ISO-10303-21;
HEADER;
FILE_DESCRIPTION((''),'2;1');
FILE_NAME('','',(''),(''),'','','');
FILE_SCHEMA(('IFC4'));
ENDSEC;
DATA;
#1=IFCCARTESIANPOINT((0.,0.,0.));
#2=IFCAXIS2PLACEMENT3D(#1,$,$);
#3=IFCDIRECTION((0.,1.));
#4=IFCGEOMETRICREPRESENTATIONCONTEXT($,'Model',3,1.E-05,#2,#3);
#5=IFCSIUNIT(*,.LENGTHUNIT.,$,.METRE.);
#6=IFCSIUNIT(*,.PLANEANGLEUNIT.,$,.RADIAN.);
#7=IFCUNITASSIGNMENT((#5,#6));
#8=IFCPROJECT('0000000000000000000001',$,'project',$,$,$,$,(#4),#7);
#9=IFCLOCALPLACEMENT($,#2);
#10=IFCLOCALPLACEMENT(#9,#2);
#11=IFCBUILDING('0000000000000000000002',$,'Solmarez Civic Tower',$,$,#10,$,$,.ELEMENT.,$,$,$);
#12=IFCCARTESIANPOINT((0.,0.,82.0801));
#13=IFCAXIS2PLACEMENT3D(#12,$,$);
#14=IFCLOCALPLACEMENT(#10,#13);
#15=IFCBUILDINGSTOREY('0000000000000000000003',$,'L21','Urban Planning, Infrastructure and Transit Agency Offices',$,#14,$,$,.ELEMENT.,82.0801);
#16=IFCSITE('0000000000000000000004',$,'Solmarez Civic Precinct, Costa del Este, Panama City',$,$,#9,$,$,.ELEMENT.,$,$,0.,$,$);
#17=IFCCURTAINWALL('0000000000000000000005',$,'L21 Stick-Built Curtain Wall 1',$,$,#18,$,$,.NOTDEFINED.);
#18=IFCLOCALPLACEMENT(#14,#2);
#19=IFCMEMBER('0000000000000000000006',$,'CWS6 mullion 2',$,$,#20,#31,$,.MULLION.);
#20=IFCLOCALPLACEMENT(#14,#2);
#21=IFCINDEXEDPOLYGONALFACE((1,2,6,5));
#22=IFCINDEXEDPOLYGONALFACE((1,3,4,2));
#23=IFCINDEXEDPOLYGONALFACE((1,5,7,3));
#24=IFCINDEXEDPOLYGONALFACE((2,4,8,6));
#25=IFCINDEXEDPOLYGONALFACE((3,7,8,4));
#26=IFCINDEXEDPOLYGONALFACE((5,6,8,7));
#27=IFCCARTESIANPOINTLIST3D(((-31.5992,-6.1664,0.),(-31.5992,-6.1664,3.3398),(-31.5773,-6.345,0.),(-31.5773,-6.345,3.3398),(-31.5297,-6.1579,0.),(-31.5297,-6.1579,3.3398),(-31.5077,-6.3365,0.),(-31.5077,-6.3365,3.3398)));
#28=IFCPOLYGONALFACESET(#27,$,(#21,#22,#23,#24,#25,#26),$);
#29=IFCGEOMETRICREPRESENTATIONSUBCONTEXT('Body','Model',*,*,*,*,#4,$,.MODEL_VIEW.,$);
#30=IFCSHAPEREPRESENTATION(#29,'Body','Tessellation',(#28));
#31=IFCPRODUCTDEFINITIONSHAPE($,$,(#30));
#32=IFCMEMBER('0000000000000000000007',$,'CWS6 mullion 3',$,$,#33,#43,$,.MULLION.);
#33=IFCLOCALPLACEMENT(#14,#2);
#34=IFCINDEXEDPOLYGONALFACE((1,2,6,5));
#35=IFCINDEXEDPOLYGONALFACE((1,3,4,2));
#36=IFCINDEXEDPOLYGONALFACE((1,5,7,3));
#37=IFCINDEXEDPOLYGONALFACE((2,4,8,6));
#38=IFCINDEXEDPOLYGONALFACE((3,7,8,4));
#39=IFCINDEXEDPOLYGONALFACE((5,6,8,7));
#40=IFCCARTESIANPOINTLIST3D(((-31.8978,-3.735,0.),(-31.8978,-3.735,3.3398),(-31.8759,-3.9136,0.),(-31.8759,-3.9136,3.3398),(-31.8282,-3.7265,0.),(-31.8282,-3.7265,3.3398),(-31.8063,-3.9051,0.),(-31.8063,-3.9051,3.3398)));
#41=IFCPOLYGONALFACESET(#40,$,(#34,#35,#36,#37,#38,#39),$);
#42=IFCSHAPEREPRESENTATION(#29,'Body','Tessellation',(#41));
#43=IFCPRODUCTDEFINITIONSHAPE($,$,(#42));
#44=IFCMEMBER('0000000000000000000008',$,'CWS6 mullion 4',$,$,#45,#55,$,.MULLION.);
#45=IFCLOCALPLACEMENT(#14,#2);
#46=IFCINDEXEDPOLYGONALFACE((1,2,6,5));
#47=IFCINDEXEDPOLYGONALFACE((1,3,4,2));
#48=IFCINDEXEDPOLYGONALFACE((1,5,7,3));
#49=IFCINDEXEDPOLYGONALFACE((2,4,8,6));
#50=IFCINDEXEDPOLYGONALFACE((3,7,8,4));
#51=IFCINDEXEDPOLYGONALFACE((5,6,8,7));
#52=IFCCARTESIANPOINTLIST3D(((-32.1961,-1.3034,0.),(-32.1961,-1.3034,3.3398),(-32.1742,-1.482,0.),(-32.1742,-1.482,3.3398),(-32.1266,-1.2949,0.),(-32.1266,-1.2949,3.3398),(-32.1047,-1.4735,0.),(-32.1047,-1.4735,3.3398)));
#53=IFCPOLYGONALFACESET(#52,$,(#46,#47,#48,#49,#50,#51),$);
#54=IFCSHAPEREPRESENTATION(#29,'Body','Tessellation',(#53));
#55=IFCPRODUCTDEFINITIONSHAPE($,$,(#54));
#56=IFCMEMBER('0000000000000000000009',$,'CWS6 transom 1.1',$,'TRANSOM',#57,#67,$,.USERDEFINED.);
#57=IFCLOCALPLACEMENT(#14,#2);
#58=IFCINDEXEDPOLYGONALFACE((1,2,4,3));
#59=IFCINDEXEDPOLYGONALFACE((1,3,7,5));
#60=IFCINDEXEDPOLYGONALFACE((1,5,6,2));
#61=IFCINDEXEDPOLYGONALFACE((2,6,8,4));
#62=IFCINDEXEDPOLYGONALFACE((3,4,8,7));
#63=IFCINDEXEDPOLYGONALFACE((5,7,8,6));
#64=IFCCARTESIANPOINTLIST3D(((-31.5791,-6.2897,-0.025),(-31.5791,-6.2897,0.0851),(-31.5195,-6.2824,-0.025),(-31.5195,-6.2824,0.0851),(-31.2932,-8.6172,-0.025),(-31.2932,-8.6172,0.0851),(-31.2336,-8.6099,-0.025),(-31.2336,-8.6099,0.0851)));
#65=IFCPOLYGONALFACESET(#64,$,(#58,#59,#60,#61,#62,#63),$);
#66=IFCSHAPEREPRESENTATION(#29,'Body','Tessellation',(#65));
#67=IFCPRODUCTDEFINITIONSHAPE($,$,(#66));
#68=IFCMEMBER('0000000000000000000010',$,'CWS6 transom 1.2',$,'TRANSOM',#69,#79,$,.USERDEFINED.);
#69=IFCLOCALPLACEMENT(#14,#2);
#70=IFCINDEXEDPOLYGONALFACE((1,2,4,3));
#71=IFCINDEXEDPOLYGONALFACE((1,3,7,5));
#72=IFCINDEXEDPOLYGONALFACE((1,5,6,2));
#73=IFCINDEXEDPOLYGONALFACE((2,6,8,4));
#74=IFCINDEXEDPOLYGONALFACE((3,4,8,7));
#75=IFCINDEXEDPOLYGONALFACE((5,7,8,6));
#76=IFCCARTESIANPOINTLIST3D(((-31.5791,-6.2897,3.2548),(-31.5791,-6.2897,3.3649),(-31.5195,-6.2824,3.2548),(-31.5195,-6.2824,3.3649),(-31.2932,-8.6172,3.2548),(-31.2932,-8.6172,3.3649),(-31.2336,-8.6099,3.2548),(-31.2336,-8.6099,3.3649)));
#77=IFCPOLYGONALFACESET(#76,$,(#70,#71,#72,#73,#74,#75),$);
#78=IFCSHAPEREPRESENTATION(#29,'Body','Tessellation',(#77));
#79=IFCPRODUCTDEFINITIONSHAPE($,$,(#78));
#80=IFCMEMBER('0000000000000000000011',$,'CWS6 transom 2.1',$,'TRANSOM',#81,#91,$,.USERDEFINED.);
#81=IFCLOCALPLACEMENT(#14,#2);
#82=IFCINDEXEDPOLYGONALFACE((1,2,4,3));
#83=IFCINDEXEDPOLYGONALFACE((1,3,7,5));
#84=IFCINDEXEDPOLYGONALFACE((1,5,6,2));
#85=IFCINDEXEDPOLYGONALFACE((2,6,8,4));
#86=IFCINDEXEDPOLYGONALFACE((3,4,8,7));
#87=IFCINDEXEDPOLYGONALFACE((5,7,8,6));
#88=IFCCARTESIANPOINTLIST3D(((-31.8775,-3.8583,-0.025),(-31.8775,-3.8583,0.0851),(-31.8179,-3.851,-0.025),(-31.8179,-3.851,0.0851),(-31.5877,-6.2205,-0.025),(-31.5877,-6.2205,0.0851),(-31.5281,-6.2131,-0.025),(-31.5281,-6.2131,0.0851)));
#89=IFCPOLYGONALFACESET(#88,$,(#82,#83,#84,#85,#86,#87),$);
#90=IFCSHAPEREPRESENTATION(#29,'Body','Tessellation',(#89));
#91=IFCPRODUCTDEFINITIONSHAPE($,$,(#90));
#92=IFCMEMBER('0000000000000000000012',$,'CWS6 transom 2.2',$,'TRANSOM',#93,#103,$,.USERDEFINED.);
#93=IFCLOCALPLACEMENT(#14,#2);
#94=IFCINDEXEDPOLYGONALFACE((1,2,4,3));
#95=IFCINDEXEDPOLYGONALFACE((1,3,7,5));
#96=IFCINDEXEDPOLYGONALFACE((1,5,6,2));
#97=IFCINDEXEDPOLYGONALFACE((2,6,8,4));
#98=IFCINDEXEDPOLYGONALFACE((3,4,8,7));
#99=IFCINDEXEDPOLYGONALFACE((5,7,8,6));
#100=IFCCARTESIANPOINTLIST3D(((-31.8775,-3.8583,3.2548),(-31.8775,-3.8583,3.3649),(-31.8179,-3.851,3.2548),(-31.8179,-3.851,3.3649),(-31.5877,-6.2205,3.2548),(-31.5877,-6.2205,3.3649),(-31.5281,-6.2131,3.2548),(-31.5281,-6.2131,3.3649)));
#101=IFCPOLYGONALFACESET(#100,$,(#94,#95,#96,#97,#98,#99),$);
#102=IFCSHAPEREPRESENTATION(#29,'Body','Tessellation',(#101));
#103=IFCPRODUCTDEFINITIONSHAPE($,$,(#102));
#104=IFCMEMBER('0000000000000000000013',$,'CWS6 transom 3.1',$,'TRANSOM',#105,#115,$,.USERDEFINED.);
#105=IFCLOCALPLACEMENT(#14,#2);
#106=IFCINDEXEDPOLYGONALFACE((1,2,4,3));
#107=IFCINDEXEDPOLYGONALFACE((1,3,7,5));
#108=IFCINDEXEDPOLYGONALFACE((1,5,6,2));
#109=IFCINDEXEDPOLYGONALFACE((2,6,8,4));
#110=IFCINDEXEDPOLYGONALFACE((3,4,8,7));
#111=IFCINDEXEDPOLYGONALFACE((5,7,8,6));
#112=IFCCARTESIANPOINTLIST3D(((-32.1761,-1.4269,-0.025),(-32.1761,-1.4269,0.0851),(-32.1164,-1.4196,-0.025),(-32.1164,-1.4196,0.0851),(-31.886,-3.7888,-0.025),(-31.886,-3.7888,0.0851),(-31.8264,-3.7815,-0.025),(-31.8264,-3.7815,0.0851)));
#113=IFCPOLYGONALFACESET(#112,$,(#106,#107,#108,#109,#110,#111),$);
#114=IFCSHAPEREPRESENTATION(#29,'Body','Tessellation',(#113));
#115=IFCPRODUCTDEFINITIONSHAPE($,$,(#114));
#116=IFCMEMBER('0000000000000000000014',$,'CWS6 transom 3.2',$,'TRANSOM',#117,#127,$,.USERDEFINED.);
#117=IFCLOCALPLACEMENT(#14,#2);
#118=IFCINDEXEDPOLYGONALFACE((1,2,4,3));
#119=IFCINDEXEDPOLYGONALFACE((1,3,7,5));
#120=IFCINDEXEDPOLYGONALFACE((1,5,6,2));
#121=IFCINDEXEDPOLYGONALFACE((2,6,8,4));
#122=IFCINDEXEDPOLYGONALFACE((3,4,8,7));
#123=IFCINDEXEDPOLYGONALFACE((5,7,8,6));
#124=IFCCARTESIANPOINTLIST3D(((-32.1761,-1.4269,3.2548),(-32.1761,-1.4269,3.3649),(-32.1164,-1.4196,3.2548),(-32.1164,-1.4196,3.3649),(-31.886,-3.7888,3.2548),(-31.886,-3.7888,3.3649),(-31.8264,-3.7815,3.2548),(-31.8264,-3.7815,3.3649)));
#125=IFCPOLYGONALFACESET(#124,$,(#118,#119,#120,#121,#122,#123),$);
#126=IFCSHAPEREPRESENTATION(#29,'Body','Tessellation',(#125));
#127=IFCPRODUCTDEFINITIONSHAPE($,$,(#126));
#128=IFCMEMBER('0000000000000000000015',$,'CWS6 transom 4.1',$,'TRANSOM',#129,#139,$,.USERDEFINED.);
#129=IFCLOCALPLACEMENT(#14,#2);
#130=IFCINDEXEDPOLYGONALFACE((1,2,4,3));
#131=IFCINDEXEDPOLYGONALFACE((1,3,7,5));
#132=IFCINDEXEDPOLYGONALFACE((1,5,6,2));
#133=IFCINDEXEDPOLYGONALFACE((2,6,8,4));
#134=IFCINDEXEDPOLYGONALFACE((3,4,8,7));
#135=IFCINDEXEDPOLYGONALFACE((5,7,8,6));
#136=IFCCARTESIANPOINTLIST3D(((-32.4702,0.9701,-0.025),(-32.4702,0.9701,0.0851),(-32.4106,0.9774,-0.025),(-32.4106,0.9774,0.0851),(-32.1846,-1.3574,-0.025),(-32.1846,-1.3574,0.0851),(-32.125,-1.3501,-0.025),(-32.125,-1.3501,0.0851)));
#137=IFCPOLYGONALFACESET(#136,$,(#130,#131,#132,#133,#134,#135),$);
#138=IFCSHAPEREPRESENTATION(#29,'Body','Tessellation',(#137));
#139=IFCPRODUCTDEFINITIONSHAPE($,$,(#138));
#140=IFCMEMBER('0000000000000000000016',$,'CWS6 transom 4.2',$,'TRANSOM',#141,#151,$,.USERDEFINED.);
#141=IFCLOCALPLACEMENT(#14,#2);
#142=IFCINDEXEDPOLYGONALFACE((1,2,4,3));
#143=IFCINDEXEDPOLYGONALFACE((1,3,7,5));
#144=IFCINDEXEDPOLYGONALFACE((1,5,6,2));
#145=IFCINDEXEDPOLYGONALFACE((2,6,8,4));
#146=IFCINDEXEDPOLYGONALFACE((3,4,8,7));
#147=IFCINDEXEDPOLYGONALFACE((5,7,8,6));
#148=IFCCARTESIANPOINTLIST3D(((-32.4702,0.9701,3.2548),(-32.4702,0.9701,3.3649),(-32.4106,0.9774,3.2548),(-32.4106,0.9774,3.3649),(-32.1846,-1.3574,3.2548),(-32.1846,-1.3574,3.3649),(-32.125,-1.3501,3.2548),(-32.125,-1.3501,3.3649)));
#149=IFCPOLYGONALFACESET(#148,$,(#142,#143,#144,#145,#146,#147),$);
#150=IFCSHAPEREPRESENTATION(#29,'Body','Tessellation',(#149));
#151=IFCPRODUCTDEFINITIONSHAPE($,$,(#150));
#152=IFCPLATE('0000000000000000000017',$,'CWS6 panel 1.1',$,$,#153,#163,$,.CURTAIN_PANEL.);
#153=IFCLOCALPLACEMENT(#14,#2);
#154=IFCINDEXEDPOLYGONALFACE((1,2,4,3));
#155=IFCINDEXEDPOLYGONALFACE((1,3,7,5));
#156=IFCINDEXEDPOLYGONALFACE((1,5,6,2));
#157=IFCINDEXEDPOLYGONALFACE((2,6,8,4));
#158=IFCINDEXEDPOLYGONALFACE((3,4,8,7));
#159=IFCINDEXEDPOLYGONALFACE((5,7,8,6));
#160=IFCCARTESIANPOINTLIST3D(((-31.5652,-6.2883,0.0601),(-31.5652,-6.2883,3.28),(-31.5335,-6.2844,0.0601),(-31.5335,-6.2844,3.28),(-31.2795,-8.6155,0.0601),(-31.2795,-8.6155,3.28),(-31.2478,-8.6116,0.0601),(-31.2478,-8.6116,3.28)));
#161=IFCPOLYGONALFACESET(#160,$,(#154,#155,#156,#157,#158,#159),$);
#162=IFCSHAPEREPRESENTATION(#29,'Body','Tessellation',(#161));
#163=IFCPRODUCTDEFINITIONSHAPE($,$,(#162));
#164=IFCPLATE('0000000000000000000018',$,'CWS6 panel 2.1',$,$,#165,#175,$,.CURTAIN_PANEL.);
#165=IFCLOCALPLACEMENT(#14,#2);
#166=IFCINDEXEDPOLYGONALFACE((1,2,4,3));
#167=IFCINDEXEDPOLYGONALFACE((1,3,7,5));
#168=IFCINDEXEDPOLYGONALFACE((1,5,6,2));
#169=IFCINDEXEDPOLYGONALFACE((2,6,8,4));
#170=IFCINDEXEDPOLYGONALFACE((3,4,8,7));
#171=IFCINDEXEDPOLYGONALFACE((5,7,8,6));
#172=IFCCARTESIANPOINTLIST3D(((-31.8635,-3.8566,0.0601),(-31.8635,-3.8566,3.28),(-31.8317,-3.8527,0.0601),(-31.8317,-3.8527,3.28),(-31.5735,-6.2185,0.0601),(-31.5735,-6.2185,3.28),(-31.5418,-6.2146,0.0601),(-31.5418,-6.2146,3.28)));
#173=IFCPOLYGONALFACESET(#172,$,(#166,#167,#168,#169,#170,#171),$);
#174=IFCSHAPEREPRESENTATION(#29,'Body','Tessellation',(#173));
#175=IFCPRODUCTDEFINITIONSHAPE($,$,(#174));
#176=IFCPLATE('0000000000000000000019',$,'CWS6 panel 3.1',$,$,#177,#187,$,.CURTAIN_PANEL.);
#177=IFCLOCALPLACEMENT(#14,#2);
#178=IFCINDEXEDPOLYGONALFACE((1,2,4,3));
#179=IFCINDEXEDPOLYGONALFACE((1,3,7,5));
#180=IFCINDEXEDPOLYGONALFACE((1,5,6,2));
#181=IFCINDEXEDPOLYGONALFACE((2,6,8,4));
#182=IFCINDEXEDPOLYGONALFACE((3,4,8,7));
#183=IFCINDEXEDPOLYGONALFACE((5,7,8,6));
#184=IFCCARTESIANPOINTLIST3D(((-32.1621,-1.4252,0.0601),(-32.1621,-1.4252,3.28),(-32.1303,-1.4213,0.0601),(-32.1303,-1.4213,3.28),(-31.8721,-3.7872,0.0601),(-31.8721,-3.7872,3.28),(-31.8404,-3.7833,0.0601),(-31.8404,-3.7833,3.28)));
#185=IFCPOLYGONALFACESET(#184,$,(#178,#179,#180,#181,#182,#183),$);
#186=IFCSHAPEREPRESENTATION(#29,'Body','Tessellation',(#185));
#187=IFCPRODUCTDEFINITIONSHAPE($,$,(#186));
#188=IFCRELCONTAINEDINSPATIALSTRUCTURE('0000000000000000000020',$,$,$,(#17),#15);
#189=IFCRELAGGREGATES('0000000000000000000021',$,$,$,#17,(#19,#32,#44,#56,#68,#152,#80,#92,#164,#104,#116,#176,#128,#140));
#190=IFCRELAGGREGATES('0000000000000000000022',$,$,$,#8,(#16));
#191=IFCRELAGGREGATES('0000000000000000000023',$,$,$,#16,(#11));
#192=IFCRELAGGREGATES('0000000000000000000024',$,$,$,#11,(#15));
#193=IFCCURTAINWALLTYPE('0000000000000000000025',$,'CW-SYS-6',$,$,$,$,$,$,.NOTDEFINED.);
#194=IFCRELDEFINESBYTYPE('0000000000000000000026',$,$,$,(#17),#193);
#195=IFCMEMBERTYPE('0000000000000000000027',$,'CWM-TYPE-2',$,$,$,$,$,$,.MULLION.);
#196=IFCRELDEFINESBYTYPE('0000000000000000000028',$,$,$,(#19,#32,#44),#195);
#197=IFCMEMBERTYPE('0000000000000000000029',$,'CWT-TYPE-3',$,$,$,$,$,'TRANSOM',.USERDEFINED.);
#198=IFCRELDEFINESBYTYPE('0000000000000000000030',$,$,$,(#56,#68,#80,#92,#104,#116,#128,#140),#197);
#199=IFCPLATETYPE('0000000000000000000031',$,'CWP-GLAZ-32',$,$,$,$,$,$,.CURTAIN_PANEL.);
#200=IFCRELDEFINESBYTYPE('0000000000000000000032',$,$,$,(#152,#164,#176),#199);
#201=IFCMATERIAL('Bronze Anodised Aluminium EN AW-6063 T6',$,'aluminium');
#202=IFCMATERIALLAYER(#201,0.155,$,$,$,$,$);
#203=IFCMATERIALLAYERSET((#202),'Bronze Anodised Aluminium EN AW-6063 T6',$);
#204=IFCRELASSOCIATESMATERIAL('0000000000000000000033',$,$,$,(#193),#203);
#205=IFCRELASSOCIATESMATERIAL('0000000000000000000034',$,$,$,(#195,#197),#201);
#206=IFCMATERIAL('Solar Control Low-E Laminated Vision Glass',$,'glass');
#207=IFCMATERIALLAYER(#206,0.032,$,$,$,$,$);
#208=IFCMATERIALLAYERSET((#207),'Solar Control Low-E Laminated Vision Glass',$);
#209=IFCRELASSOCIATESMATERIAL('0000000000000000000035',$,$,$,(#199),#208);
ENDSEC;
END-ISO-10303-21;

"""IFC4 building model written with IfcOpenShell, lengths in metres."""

from ifc_helpers import new_model, si_unit, direction, frame, origin, origin_2d, place, context, subcontext, project, spatial, rectangle, extrude, material, layer, layer_set, material_profile, profile_set, type_object, element, aggregate, save


model = new_model("IFC4")

# Units and contexts
model_context = context("Model", 3, precision=1e-05, world=origin(), true_north=direction((0.0, 1.0)))
body_context = subcontext(model_context, "Body", "Model", "MODEL_VIEW")
ifc_project = project(units=[si_unit("LENGTHUNIT", "METRE"), si_unit("PLANEANGLEUNIT", "RADIAN")], contexts=[model_context])

# Site, building, storey
site_placement = place(None, origin())
site = spatial("IfcSite", under=ifc_project, at=site_placement, Name="Solmarez Civic Precinct, Costa del Este, Panama City", CompositionType="ELEMENT", RefElevation=0.0)
building_placement = place(site_placement, origin())
building = spatial("IfcBuilding", under=site, at=building_placement, Name="Solmarez Civic Tower", CompositionType="ELEMENT")
storey_placement = place(building_placement, frame((0.0, 0.0, 82.0801)))
storey = spatial("IfcBuildingStorey", under=building, at=storey_placement, Name="L21", Description="Urban Planning, Infrastructure and Transit Agency Offices", CompositionType="ELEMENT", Elevation=82.0801)

# Curtain wall, members, plates
ifc_material_1 = material(Name="Bronze Anodised Aluminium EN AW-6063 T6", Category="aluminium")
ifc_layer_1 = layer(ifc_material_1, 0.155)
ifc_layer_set_1 = layer_set([ifc_layer_1], Name="Bronze Anodised Aluminium EN AW-6063 T6")
curtain_wall_type = type_object("IfcCurtainWallType", Name="CW-SYS-6", PredefinedType="NOTDEFINED", material=ifc_layer_set_1)
curtain_wall_placement = place(storey_placement, origin())
curtain_wall = element("IfcCurtainWall", 1, at=curtain_wall_placement, inside=storey, type_object=curtain_wall_type, Name="L21 Stick-Built Curtain Wall 1", PredefinedType="NOTDEFINED")
ifc_material_profile_1 = material_profile(ifc_material_1, rectangle(XDim=0.0701, YDim=0.1799, at=origin_2d()), Name="CWM-70X180")
ifc_profile_set_1 = profile_set([ifc_material_profile_1], Name="Bronze Anodised Aluminium EN AW-6063 T6")
member_type_1 = type_object("IfcMemberType", Name="CWM-TYPE-2", PredefinedType="MULLION", material=ifc_profile_set_1)
member_1_placement = place(storey_placement, frame((-31.5535, -6.2515, 0.0), z_axis=(0.0, 0.0, 1.0), x_axis=(-0.992549, -0.121849, 0.0)))
member_1 = element("IfcMember", 2, at=member_1_placement, type_object=member_type_1, Name="CWS6 mullion 2", PredefinedType="MULLION", context=body_context, shape_type="SweptSolid", body=[
    extrude(rectangle(XDim=0.0701, YDim=0.1799, at=origin_2d()), origin(), (0.0, 0.0, 1.0), 3.3398),
])
member_2_placement = place(storey_placement, frame((-31.8521, -3.8201, 0.0), z_axis=(0.0, 0.0, 1.0), x_axis=(-0.992549, -0.121849, 0.0)))
member_2 = element("IfcMember", 3, at=member_2_placement, type_object=member_type_1, Name="CWS6 mullion 3", PredefinedType="MULLION", context=body_context, shape_type="SweptSolid", body=[
    extrude(rectangle(XDim=0.0701, YDim=0.1799, at=origin_2d()), origin(), (0.0, 0.0, 1.0), 3.3398),
])
member_3_placement = place(storey_placement, frame((-32.1504, -1.3884, 0.0), z_axis=(0.0, 0.0, 1.0), x_axis=(-0.992549, -0.121849, 0.0)))
member_3 = element("IfcMember", 4, at=member_3_placement, type_object=member_type_1, Name="CWS6 mullion 4", PredefinedType="MULLION", context=body_context, shape_type="SweptSolid", body=[
    extrude(rectangle(XDim=0.0701, YDim=0.1799, at=origin_2d()), origin(), (0.0, 0.0, 1.0), 3.3398),
])
ifc_material_profile_2 = material_profile(ifc_material_1, rectangle(XDim=0.0601, YDim=0.1101, at=origin_2d()), Name="CWT-60X110")
ifc_profile_set_2 = profile_set([ifc_material_profile_2], Name="Bronze Anodised Aluminium EN AW-6063 T6")
member_type_2 = type_object("IfcMemberType", Name="CWT-TYPE-3", ElementType="TRANSOM", PredefinedType="USERDEFINED", material=ifc_profile_set_2)
member_4_placement = place(storey_placement, frame((-31.2634, -8.6135, 0.03), z_axis=(-0.12192, 0.99254, 0.0), x_axis=(-0.99254, -0.12192, 0.0)))
member_4 = element("IfcMember", 5, at=member_4_placement, type_object=member_type_2, Name="CWS6 transom 1.1", ObjectType="TRANSOM", PredefinedType="USERDEFINED", context=body_context, shape_type="SweptSolid", body=[
    extrude(rectangle(XDim=0.0601, YDim=0.1101, at=origin_2d()), origin(), (0.0, 0.0, 1.0), 2.345),
])
member_5_placement = place(storey_placement, frame((-31.2634, -8.6135, 3.3098), z_axis=(-0.12192, 0.99254, 0.0), x_axis=(-0.99254, -0.12192, 0.0)))
member_5 = element("IfcMember", 6, at=member_5_placement, type_object=member_type_2, Name="CWS6 transom 1.2", ObjectType="TRANSOM", PredefinedType="USERDEFINED", context=body_context, shape_type="SweptSolid", body=[
    extrude(rectangle(XDim=0.0601, YDim=0.1101, at=origin_2d()), origin(), (0.0, 0.0, 1.0), 2.345),
])
member_6_placement = place(storey_placement, frame((-31.5579, -6.2168, 0.03), z_axis=(-0.121774, 0.992558, 0.0), x_axis=(-0.992558, -0.121774, 0.0)))
member_6 = element("IfcMember", 7, at=member_6_placement, type_object=member_type_2, Name="CWS6 transom 2.1", ObjectType="TRANSOM", PredefinedType="USERDEFINED", context=body_context, shape_type="SweptSolid", body=[
    extrude(rectangle(XDim=0.0601, YDim=0.1101, at=origin_2d()), origin(), (0.0, 0.0, 1.0), 2.3799),
])
member_7_placement = place(storey_placement, frame((-31.5579, -6.2168, 3.3098), z_axis=(-0.121774, 0.992558, 0.0), x_axis=(-0.992558, -0.121774, 0.0)))
member_7 = element("IfcMember", 8, at=member_7_placement, type_object=member_type_2, Name="CWS6 transom 2.2", ObjectType="TRANSOM", PredefinedType="USERDEFINED", context=body_context, shape_type="SweptSolid", body=[
    extrude(rectangle(XDim=0.0601, YDim=0.1101, at=origin_2d()), origin(), (0.0, 0.0, 1.0), 2.3799),
])
member_8_placement = place(storey_placement, frame((-31.8562, -3.7852, 0.03), z_axis=(-0.121888, 0.992544, 0.0), x_axis=(-0.992544, -0.121888, 0.0)))
member_8 = element("IfcMember", 9, at=member_8_placement, type_object=member_type_2, Name="CWS6 transom 3.1", ObjectType="TRANSOM", PredefinedType="USERDEFINED", context=body_context, shape_type="SweptSolid", body=[
    extrude(rectangle(XDim=0.0601, YDim=0.1101, at=origin_2d()), origin(), (0.0, 0.0, 1.0), 2.3796),
])
member_9_placement = place(storey_placement, frame((-31.8562, -3.7852, 3.3098), z_axis=(-0.121888, 0.992544, 0.0), x_axis=(-0.992544, -0.121888, 0.0)))
member_9 = element("IfcMember", 10, at=member_9_placement, type_object=member_type_2, Name="CWS6 transom 3.2", ObjectType="TRANSOM", PredefinedType="USERDEFINED", context=body_context, shape_type="SweptSolid", body=[
    extrude(rectangle(XDim=0.0601, YDim=0.1101, at=origin_2d()), origin(), (0.0, 0.0, 1.0), 2.3796),
])
member_10_placement = place(storey_placement, frame((-32.1548, -1.3538, 0.03), z_axis=(-0.121818, 0.992553, 0.0), x_axis=(-0.992553, -0.121818, 0.0)))
member_10 = element("IfcMember", 11, at=member_10_placement, type_object=member_type_2, Name="CWS6 transom 4.1", ObjectType="TRANSOM", PredefinedType="USERDEFINED", context=body_context, shape_type="SweptSolid", body=[
    extrude(rectangle(XDim=0.0601, YDim=0.1101, at=origin_2d()), origin(), (0.0, 0.0, 1.0), 2.345),
])
member_11_placement = place(storey_placement, frame((-32.1548, -1.3538, 3.3098), z_axis=(-0.121818, 0.992553, 0.0), x_axis=(-0.992553, -0.121818, 0.0)))
member_11 = element("IfcMember", 12, at=member_11_placement, type_object=member_type_2, Name="CWS6 transom 4.2", ObjectType="TRANSOM", PredefinedType="USERDEFINED", context=body_context, shape_type="SweptSolid", body=[
    extrude(rectangle(XDim=0.0601, YDim=0.1101, at=origin_2d()), origin(), (0.0, 0.0, 1.0), 2.345),
])
ifc_material_2 = material(Name="Solar Control Low-E Laminated Vision Glass", Category="glass")
ifc_layer_2 = layer(ifc_material_2, 0.032)
ifc_layer_set_2 = layer_set([ifc_layer_2], Name="Solar Control Low-E Laminated Vision Glass")
plate_type = type_object("IfcPlateType", Name="CWP-GLAZ-32", PredefinedType="CURTAIN_PANEL", material=ifc_layer_set_2)
plate_1_placement = place(storey_placement, frame((-31.4065, -7.45, 0.0601), z_axis=(0.0, 0.0, 1.0), x_axis=(-0.121849, 0.992549, 0.0)))
plate_1 = element("IfcPlate", 13, at=plate_1_placement, type_object=plate_type, Name="CWS6 panel 1.1", PredefinedType="CURTAIN_PANEL", context=body_context, shape_type="SweptSolid", body=[
    extrude(rectangle(XDim=2.3447, YDim=0.032, at=origin_2d()), origin(), (0.0, 0.0, 1.0), 3.22),
])
plate_2_placement = place(storey_placement, frame((-31.7026, -5.0356, 0.0601), z_axis=(0.0, 0.0, 1.0), x_axis=(-0.121849, 0.992549, 0.0)))
plate_2 = element("IfcPlate", 14, at=plate_2_placement, type_object=plate_type, Name="CWS6 panel 2.1", PredefinedType="CURTAIN_PANEL", context=body_context, shape_type="SweptSolid", body=[
    extrude(rectangle(XDim=2.3796, YDim=0.032, at=origin_2d()), origin(), (0.0, 0.0, 1.0), 3.22),
])
plate_3_placement = place(storey_placement, frame((-32.0012, -2.6042, 0.0601), z_axis=(0.0, 0.0, 1.0), x_axis=(-0.121849, 0.992549, 0.0)))
plate_3 = element("IfcPlate", 15, at=plate_3_placement, type_object=plate_type, Name="CWS6 panel 3.1", PredefinedType="CURTAIN_PANEL", context=body_context, shape_type="SweptSolid", body=[
    extrude(rectangle(XDim=2.3796, YDim=0.032, at=origin_2d()), origin(), (0.0, 0.0, 1.0), 3.22),
])
aggregate(curtain_wall, [member_1, member_2, member_3, member_4, member_5, plate_1, member_6, member_7, plate_2, member_8, member_9, plate_3, member_10, member_11])

save(model, "model.ifc")
